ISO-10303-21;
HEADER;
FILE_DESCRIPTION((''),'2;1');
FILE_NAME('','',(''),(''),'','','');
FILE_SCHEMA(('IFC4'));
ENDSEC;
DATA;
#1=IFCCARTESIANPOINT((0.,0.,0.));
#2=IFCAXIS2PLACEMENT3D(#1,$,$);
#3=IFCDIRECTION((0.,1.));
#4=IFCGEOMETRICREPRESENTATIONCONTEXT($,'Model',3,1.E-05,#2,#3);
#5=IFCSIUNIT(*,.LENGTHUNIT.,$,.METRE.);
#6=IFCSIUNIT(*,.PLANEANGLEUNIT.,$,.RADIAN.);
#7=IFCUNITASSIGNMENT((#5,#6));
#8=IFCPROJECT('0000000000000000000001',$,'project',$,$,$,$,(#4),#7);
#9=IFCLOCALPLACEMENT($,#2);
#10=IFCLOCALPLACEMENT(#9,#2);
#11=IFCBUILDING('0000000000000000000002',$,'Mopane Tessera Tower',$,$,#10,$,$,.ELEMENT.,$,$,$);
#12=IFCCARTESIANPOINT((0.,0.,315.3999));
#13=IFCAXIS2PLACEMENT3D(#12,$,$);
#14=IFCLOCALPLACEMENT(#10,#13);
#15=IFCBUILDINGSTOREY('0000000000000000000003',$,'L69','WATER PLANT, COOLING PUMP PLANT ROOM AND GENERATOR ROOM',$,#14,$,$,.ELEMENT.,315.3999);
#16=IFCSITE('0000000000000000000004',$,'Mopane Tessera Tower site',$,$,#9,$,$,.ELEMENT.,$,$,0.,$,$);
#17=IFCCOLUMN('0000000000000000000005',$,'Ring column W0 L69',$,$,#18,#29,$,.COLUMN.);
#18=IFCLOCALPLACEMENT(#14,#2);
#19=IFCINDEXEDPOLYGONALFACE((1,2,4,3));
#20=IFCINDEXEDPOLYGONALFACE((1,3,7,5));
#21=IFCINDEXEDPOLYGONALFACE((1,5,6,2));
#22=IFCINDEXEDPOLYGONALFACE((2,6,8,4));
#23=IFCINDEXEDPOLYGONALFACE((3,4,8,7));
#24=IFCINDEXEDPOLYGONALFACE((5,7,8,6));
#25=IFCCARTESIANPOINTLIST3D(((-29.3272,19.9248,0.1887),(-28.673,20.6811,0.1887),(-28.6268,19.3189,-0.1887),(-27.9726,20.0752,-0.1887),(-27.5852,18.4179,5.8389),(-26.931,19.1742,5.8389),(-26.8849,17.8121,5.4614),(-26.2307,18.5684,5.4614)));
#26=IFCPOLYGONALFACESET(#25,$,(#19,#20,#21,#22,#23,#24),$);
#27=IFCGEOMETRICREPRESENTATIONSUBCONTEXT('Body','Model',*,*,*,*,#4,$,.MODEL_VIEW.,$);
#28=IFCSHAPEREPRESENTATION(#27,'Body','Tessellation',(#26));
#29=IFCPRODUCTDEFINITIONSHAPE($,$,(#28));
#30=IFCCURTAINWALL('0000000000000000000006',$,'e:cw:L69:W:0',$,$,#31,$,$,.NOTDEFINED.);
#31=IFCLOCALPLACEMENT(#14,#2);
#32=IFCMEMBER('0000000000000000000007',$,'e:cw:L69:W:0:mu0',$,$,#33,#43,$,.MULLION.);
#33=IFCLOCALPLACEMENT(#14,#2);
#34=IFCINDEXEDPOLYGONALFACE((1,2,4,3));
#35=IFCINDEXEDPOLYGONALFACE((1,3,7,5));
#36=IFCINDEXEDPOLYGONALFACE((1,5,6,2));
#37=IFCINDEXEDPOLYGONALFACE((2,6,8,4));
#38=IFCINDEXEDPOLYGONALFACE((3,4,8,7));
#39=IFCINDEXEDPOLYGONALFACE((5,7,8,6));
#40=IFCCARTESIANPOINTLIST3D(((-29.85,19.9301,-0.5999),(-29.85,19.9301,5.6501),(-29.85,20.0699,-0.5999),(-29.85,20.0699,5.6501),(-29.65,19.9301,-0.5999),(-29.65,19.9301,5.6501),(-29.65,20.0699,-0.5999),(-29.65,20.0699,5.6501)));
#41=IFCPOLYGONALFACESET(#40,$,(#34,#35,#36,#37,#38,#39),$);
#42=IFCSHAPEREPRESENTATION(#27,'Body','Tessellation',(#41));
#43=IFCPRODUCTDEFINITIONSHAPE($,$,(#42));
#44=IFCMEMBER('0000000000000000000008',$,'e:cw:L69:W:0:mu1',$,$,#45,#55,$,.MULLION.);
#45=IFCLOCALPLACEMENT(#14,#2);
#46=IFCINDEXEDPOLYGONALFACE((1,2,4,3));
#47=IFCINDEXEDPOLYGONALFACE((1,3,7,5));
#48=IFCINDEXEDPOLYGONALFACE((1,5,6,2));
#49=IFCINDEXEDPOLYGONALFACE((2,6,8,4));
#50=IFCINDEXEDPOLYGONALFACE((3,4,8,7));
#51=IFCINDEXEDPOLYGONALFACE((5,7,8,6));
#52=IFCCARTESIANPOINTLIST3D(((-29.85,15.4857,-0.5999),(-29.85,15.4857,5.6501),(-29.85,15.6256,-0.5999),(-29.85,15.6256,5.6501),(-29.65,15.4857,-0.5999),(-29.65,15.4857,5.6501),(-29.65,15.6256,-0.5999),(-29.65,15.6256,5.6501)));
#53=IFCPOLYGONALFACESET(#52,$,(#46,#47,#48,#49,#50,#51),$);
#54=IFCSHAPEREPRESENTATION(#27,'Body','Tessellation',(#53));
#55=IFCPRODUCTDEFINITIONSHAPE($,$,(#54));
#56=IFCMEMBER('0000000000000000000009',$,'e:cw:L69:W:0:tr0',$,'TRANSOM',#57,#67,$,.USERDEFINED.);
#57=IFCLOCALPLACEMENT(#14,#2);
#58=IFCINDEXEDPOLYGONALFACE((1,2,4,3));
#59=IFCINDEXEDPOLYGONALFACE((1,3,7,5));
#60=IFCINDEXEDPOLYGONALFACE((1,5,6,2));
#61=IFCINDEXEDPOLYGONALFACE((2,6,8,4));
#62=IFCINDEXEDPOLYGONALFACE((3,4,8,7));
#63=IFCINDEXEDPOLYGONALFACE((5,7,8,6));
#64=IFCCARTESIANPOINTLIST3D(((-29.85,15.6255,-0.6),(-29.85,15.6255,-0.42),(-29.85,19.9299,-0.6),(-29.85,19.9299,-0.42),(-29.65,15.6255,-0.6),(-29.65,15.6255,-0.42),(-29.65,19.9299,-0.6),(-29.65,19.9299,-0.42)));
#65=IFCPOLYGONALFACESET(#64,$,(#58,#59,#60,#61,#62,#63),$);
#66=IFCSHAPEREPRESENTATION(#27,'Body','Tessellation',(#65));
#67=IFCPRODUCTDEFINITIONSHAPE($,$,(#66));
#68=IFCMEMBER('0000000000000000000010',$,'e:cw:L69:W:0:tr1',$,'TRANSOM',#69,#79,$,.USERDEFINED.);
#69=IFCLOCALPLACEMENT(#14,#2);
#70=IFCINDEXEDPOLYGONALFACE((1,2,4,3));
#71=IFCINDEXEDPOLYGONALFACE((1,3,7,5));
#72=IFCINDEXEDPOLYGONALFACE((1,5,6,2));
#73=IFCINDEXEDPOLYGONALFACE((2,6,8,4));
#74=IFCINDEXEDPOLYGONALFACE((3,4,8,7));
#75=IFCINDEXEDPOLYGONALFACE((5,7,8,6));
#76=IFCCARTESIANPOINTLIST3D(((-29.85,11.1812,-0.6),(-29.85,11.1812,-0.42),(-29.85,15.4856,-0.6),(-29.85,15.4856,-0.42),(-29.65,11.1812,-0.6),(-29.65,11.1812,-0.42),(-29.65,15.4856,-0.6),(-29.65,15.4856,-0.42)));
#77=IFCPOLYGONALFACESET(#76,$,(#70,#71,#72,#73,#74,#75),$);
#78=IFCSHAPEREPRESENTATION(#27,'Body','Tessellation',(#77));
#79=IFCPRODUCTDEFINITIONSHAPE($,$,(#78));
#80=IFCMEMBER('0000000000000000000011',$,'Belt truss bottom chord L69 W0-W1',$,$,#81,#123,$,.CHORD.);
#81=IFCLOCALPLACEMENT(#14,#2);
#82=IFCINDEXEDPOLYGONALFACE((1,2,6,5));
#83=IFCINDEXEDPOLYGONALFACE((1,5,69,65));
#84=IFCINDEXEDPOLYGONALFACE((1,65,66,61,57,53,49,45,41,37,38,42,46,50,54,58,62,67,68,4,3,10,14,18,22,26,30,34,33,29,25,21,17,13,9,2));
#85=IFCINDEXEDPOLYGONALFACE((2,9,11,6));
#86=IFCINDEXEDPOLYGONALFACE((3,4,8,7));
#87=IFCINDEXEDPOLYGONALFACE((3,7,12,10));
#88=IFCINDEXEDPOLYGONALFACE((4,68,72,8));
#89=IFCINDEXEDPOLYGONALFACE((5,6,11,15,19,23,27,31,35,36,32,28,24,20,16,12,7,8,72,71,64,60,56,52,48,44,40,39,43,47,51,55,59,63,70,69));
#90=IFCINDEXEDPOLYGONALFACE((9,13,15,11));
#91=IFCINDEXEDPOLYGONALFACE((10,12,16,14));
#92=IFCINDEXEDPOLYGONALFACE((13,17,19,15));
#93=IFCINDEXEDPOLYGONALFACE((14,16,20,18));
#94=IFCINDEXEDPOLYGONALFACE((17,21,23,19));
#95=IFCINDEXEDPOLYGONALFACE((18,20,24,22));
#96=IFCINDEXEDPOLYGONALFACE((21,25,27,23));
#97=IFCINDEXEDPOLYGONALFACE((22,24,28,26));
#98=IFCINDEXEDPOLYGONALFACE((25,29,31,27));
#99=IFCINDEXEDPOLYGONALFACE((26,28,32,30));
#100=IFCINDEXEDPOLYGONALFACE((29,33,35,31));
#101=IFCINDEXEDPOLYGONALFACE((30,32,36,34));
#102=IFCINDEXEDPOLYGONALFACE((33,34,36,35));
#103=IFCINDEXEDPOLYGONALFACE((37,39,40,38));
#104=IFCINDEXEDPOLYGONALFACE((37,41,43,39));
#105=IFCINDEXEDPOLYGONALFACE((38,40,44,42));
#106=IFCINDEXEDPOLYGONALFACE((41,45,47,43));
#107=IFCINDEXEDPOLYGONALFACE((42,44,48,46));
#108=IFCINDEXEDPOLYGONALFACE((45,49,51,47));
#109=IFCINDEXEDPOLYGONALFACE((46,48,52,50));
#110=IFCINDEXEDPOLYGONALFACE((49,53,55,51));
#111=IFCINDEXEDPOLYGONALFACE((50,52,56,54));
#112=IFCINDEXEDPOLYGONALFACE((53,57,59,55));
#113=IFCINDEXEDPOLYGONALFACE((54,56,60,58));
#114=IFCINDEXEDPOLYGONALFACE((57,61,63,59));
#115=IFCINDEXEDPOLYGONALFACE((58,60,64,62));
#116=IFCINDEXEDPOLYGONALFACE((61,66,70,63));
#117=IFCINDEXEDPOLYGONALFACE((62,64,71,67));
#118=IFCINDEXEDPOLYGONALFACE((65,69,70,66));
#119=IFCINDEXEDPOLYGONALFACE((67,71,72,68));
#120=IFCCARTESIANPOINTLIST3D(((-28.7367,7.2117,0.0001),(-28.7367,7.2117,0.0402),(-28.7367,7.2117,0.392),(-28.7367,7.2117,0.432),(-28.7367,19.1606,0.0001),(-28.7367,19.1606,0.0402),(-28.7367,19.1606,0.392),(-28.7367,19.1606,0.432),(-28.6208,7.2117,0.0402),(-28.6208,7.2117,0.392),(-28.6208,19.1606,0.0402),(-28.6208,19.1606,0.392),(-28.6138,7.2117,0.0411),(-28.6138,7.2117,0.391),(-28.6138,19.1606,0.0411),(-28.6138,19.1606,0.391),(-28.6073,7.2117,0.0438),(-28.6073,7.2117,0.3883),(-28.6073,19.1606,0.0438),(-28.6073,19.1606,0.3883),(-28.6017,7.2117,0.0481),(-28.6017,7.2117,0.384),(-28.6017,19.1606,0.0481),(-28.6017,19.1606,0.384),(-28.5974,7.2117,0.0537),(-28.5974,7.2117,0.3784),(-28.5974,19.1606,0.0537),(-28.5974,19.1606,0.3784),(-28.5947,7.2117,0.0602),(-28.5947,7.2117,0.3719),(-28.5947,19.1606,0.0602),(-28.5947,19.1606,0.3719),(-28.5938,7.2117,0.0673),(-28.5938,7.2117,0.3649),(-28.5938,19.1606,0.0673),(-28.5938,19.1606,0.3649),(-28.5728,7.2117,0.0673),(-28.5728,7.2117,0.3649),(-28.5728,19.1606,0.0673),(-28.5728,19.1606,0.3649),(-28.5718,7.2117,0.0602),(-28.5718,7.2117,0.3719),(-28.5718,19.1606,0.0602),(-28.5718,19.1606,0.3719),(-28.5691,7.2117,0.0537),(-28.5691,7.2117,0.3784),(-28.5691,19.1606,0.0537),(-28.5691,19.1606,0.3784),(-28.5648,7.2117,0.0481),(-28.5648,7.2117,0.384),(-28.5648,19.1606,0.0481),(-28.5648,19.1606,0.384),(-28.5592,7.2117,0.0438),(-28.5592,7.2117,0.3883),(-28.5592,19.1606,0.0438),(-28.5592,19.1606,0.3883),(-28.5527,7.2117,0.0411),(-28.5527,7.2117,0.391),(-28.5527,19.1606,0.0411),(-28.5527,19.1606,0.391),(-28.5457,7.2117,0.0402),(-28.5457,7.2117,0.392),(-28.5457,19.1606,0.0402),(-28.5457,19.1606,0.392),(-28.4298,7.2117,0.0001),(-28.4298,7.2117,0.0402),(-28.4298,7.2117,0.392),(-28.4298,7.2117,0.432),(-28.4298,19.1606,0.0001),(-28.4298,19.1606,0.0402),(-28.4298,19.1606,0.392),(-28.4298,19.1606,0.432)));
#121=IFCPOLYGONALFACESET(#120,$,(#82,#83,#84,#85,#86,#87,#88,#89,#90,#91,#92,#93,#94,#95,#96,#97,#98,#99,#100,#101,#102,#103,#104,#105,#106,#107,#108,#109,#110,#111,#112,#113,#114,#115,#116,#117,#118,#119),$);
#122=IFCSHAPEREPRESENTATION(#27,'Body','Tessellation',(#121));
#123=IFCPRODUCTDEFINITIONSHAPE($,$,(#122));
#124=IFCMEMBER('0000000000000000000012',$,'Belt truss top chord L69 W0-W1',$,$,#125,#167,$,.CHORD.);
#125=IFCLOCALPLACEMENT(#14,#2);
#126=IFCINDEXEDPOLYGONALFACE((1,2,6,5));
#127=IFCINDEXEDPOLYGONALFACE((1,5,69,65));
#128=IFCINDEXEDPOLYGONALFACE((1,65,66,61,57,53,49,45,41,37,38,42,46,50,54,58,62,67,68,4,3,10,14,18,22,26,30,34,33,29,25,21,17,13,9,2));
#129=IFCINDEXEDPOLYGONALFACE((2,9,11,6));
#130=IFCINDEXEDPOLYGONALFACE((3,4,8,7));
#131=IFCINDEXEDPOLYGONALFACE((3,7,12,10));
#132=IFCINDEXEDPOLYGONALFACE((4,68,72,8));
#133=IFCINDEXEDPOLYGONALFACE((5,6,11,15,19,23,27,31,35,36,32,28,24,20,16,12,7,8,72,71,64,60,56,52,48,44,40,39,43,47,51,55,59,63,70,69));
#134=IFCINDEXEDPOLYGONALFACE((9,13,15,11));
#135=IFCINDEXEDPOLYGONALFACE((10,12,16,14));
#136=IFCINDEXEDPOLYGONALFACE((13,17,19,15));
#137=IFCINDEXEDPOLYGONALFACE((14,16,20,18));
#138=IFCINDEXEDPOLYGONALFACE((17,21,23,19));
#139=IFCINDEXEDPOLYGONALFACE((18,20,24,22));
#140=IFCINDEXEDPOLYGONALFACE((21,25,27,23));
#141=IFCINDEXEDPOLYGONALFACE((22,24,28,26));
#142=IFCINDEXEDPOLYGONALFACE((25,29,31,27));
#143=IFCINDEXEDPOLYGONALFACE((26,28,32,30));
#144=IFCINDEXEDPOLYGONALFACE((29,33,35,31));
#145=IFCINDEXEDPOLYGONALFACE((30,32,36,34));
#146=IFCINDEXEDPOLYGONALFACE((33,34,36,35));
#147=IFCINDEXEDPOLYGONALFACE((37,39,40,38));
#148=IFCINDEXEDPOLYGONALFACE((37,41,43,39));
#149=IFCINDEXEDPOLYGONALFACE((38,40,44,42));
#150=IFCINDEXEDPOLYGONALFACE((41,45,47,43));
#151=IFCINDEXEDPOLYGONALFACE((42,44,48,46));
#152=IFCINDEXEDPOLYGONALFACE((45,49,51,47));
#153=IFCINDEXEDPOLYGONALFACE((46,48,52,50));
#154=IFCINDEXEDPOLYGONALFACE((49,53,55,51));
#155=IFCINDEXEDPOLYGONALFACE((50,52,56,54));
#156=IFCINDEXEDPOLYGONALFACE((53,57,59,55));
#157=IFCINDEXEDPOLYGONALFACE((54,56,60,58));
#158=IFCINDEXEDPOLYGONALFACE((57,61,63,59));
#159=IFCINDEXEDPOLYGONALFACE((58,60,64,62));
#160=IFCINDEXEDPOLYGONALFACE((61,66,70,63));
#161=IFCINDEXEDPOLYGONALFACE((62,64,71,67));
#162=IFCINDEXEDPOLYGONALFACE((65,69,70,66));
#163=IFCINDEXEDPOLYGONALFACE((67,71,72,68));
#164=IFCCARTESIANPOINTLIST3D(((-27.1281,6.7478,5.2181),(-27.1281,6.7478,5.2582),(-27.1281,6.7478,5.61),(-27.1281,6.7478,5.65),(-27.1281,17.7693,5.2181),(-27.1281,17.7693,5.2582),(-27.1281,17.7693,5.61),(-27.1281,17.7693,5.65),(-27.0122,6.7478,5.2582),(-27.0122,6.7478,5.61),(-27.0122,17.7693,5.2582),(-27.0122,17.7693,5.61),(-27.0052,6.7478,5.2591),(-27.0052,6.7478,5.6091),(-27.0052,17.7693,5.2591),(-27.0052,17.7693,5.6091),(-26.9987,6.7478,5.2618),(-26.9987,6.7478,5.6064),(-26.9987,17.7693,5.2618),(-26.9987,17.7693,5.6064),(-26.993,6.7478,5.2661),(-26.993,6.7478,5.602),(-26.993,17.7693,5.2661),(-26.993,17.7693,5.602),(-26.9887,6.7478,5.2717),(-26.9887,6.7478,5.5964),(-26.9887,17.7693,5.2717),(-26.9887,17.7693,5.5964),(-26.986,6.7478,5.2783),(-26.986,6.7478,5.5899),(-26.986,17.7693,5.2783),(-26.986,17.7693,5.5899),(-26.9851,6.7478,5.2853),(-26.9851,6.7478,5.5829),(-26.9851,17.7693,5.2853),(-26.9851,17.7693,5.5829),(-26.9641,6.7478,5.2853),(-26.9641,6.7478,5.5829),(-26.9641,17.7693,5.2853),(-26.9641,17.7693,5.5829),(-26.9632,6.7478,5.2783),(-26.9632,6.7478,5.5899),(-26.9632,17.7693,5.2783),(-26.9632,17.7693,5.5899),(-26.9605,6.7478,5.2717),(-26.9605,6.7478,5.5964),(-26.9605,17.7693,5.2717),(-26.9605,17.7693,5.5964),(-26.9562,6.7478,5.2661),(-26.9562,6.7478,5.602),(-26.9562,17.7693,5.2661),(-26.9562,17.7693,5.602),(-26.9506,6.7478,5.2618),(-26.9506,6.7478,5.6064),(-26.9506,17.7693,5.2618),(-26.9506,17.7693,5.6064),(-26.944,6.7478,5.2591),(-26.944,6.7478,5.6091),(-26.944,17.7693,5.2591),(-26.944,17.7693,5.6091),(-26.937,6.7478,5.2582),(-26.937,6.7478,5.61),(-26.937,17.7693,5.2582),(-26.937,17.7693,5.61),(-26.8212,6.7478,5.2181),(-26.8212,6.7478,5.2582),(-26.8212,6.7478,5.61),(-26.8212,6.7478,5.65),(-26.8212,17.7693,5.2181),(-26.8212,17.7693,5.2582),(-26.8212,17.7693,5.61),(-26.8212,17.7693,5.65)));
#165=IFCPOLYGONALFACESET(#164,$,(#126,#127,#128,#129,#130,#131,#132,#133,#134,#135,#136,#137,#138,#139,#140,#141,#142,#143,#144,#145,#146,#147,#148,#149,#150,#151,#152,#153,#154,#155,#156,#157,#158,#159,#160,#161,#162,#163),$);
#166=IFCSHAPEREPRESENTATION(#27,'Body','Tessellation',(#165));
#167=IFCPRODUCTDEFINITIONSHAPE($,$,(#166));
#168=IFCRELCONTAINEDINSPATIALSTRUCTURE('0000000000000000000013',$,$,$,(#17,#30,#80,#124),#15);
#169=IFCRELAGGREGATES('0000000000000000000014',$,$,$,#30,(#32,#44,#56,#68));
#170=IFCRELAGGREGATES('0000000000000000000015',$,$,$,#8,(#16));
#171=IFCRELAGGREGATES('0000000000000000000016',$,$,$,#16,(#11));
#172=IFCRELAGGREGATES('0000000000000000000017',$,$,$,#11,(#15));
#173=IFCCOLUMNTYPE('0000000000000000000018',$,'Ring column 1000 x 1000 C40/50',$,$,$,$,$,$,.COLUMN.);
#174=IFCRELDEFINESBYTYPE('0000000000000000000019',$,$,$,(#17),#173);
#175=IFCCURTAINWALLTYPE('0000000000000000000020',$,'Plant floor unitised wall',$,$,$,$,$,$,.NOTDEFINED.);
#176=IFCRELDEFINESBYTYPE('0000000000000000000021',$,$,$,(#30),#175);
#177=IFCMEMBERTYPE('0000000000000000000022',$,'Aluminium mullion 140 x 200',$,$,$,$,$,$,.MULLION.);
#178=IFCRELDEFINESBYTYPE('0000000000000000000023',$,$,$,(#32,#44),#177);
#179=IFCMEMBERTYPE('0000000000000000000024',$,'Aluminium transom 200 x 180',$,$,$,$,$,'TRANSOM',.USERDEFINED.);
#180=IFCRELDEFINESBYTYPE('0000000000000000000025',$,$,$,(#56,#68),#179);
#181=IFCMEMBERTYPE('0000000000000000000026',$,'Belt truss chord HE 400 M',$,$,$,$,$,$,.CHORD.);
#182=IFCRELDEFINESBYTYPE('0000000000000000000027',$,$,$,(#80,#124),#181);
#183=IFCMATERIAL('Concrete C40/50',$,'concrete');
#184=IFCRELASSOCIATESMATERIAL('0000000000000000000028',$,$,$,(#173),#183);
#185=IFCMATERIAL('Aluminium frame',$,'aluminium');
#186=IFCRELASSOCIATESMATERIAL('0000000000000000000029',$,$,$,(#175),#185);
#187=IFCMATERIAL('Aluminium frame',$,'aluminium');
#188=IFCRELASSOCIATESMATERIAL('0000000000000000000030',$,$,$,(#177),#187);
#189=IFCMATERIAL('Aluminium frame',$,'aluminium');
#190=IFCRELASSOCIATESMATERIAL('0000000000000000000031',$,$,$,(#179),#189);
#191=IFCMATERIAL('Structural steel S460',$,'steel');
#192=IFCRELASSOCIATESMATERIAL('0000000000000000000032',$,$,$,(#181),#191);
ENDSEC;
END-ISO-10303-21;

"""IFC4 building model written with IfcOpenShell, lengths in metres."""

from ifc_helpers import new_model, si_unit, direction, frame, origin, origin_2d, place, context, subcontext, project, spatial, rectangle, i_section, extrude, material, material_profile, profile_set, type_object, element, aggregate, save


model = new_model("IFC4")

# Units and contexts
model_context = context("Model", 3, precision=1e-05, world=origin(), true_north=direction((0.0, 1.0)))
body_context = subcontext(model_context, "Body", "Model", "MODEL_VIEW")
ifc_project = project(units=[si_unit("LENGTHUNIT", "METRE"), si_unit("PLANEANGLEUNIT", "RADIAN")], contexts=[model_context])

# Site, building, storey
site_placement = place(None, origin())
site = spatial("IfcSite", under=ifc_project, at=site_placement, Name="Mopane Tessera Tower site", CompositionType="ELEMENT", RefElevation=0.0)
building_placement = place(site_placement, origin())
building = spatial("IfcBuilding", under=site, at=building_placement, Name="Mopane Tessera Tower", CompositionType="ELEMENT")
storey_placement = place(building_placement, frame((0.0, 0.0, 315.3999)))
storey = spatial("IfcBuildingStorey", under=building, at=storey_placement, Name="L69", Description="WATER PLANT, COOLING PUMP PLANT ROOM AND GENERATOR ROOM", CompositionType="ELEMENT", Elevation=315.3999)

# Column
ifc_material_1 = material(Name="Concrete C40/50", Category="concrete")
ifc_material_profile_1 = material_profile(ifc_material_1, rectangle(XDim=1.0, YDim=1.0, at=origin_2d()))
ifc_profile_set_1 = profile_set([ifc_material_profile_1], Name="Concrete C40/50")
column_type = type_object("IfcColumnType", Name="Ring column 1000 x 1000 C40/50", PredefinedType="COLUMN", material=ifc_profile_set_1)
column_placement = place(storey_placement, frame((-28.6499, 20.0, 0.0), z_axis=(0.285491, -0.246959, 0.926016), x_axis=(0.654224, 0.756301, 0.0)))
element("IfcColumn", 1, at=column_placement, inside=storey, type_object=column_type, Name="Ring column W0 L69", PredefinedType="COLUMN", context=body_context, shape_type="SweptSolid", body=[
    extrude(rectangle(XDim=1.0, YDim=1.0, at=origin_2d()), origin(), (0.0, 0.0, 1.0), 6.1016),
])

# Curtain wall, members
ifc_material_2 = material(Name="Aluminium frame", Category="aluminium")
curtain_wall_type = type_object("IfcCurtainWallType", Name="Plant floor unitised wall", PredefinedType="NOTDEFINED", material=ifc_material_2)
curtain_wall_placement = place(storey_placement, origin())
curtain_wall = element("IfcCurtainWall", 2, at=curtain_wall_placement, inside=storey, type_object=curtain_wall_type, Name="e:cw:L69:W:0", PredefinedType="NOTDEFINED")
ifc_material_3 = material(Name="Aluminium frame", Category="aluminium")
ifc_material_profile_2 = material_profile(ifc_material_3, rectangle(XDim=0.1399, YDim=0.2, at=origin_2d()))
ifc_profile_set_2 = profile_set([ifc_material_profile_2], Name="Aluminium frame")
member_type_1 = type_object("IfcMemberType", Name="Aluminium mullion 140 x 200", PredefinedType="MULLION", material=ifc_profile_set_2)
member_1_placement = place(storey_placement, frame((-29.75, 20.0, -0.5999), z_axis=(0.0, 0.0, 1.0), x_axis=(0.0, -1.0, 0.0)))
member_1 = element("IfcMember", 3, at=member_1_placement, type_object=member_type_1, Name="e:cw:L69:W:0:mu0", PredefinedType="MULLION", context=body_context, shape_type="SweptSolid", body=[
    extrude(rectangle(XDim=0.1399, YDim=0.2, at=origin_2d()), origin(), (0.0, 0.0, 1.0), 6.25),
])
member_2_placement = place(storey_placement, frame((-29.75, 15.5557, -0.5999), z_axis=(0.0, 0.0, 1.0), x_axis=(0.0, -1.0, 0.0)))
member_2 = element("IfcMember", 4, at=member_2_placement, type_object=member_type_1, Name="e:cw:L69:W:0:mu1", PredefinedType="MULLION", context=body_context, shape_type="SweptSolid", body=[
    extrude(rectangle(XDim=0.1399, YDim=0.2, at=origin_2d()), origin(), (0.0, 0.0, 1.0), 6.25),
])
ifc_material_4 = material(Name="Aluminium frame", Category="aluminium")
ifc_material_profile_3 = material_profile(ifc_material_4, rectangle(XDim=0.2, YDim=0.1799, at=origin_2d()))
ifc_profile_set_3 = profile_set([ifc_material_profile_3], Name="Aluminium frame")
member_type_2 = type_object("IfcMemberType", Name="Aluminium transom 200 x 180", ElementType="TRANSOM", PredefinedType="USERDEFINED", material=ifc_profile_set_3)
member_3_placement = place(storey_placement, frame((-29.75, 19.9299, -0.51), z_axis=(0.0, -1.0, 0.0), x_axis=(1.0, 0.0, 0.0)))
member_3 = element("IfcMember", 5, at=member_3_placement, type_object=member_type_2, Name="e:cw:L69:W:0:tr0", ObjectType="TRANSOM", PredefinedType="USERDEFINED", context=body_context, shape_type="SweptSolid", body=[
    extrude(rectangle(XDim=0.2, YDim=0.1799, at=origin_2d()), origin(), (0.0, 0.0, 1.0), 4.3044),
])
member_4_placement = place(storey_placement, frame((-29.75, 15.4856, -0.51), z_axis=(0.0, -1.0, 0.0), x_axis=(1.0, 0.0, 0.0)))
member_4 = element("IfcMember", 6, at=member_4_placement, type_object=member_type_2, Name="e:cw:L69:W:0:tr1", ObjectType="TRANSOM", PredefinedType="USERDEFINED", context=body_context, shape_type="SweptSolid", body=[
    extrude(rectangle(XDim=0.2, YDim=0.1799, at=origin_2d()), origin(), (0.0, 0.0, 1.0), 4.3044),
])

# Members
ifc_material_5 = material(Name="Structural steel S460", Category="steel")
ifc_material_profile_4 = material_profile(ifc_material_5, i_section(OverallWidth=0.3069, OverallDepth=0.4319, WebThickness=0.021, FlangeThickness=0.04, FilletRadius=0.0271, at=origin_2d()))
ifc_profile_set_4 = profile_set([ifc_material_profile_4], Name="Structural steel S460")
member_type_3 = type_object("IfcMemberType", Name="Belt truss chord HE 400 M", PredefinedType="CHORD", material=ifc_profile_set_4)
member_5_placement = place(storey_placement, frame((-28.5833, 19.1606, 0.2161), z_axis=(0.0, -1.0, 0.0), x_axis=(1.0, 0.0, 0.0)))
element("IfcMember", 7, at=member_5_placement, inside=storey, type_object=member_type_3, Name="Belt truss bottom chord L69 W0-W1", PredefinedType="CHORD", context=body_context, shape_type="SweptSolid", body=[
    extrude(i_section(OverallWidth=0.3069, OverallDepth=0.4319, WebThickness=0.021, FlangeThickness=0.04, FilletRadius=0.0271, at=origin_2d()), origin(), (0.0, 0.0, 1.0), 11.949),
])
member_6_placement = place(storey_placement, frame((-26.9746, 17.7693, 5.4341), z_axis=(0.0, -1.0, 0.0), x_axis=(1.0, 0.0, 0.0)))
element("IfcMember", 8, at=member_6_placement, inside=storey, type_object=member_type_3, Name="Belt truss top chord L69 W0-W1", PredefinedType="CHORD", context=body_context, shape_type="SweptSolid", body=[
    extrude(i_section(OverallWidth=0.3069, OverallDepth=0.4319, WebThickness=0.021, FlangeThickness=0.04, FilletRadius=0.0271, at=origin_2d()), origin(), (0.0, 0.0, 1.0), 11.0215),
])

aggregate(curtain_wall, [member_1, member_2, member_3, member_4])

save(model, "model.ifc")
